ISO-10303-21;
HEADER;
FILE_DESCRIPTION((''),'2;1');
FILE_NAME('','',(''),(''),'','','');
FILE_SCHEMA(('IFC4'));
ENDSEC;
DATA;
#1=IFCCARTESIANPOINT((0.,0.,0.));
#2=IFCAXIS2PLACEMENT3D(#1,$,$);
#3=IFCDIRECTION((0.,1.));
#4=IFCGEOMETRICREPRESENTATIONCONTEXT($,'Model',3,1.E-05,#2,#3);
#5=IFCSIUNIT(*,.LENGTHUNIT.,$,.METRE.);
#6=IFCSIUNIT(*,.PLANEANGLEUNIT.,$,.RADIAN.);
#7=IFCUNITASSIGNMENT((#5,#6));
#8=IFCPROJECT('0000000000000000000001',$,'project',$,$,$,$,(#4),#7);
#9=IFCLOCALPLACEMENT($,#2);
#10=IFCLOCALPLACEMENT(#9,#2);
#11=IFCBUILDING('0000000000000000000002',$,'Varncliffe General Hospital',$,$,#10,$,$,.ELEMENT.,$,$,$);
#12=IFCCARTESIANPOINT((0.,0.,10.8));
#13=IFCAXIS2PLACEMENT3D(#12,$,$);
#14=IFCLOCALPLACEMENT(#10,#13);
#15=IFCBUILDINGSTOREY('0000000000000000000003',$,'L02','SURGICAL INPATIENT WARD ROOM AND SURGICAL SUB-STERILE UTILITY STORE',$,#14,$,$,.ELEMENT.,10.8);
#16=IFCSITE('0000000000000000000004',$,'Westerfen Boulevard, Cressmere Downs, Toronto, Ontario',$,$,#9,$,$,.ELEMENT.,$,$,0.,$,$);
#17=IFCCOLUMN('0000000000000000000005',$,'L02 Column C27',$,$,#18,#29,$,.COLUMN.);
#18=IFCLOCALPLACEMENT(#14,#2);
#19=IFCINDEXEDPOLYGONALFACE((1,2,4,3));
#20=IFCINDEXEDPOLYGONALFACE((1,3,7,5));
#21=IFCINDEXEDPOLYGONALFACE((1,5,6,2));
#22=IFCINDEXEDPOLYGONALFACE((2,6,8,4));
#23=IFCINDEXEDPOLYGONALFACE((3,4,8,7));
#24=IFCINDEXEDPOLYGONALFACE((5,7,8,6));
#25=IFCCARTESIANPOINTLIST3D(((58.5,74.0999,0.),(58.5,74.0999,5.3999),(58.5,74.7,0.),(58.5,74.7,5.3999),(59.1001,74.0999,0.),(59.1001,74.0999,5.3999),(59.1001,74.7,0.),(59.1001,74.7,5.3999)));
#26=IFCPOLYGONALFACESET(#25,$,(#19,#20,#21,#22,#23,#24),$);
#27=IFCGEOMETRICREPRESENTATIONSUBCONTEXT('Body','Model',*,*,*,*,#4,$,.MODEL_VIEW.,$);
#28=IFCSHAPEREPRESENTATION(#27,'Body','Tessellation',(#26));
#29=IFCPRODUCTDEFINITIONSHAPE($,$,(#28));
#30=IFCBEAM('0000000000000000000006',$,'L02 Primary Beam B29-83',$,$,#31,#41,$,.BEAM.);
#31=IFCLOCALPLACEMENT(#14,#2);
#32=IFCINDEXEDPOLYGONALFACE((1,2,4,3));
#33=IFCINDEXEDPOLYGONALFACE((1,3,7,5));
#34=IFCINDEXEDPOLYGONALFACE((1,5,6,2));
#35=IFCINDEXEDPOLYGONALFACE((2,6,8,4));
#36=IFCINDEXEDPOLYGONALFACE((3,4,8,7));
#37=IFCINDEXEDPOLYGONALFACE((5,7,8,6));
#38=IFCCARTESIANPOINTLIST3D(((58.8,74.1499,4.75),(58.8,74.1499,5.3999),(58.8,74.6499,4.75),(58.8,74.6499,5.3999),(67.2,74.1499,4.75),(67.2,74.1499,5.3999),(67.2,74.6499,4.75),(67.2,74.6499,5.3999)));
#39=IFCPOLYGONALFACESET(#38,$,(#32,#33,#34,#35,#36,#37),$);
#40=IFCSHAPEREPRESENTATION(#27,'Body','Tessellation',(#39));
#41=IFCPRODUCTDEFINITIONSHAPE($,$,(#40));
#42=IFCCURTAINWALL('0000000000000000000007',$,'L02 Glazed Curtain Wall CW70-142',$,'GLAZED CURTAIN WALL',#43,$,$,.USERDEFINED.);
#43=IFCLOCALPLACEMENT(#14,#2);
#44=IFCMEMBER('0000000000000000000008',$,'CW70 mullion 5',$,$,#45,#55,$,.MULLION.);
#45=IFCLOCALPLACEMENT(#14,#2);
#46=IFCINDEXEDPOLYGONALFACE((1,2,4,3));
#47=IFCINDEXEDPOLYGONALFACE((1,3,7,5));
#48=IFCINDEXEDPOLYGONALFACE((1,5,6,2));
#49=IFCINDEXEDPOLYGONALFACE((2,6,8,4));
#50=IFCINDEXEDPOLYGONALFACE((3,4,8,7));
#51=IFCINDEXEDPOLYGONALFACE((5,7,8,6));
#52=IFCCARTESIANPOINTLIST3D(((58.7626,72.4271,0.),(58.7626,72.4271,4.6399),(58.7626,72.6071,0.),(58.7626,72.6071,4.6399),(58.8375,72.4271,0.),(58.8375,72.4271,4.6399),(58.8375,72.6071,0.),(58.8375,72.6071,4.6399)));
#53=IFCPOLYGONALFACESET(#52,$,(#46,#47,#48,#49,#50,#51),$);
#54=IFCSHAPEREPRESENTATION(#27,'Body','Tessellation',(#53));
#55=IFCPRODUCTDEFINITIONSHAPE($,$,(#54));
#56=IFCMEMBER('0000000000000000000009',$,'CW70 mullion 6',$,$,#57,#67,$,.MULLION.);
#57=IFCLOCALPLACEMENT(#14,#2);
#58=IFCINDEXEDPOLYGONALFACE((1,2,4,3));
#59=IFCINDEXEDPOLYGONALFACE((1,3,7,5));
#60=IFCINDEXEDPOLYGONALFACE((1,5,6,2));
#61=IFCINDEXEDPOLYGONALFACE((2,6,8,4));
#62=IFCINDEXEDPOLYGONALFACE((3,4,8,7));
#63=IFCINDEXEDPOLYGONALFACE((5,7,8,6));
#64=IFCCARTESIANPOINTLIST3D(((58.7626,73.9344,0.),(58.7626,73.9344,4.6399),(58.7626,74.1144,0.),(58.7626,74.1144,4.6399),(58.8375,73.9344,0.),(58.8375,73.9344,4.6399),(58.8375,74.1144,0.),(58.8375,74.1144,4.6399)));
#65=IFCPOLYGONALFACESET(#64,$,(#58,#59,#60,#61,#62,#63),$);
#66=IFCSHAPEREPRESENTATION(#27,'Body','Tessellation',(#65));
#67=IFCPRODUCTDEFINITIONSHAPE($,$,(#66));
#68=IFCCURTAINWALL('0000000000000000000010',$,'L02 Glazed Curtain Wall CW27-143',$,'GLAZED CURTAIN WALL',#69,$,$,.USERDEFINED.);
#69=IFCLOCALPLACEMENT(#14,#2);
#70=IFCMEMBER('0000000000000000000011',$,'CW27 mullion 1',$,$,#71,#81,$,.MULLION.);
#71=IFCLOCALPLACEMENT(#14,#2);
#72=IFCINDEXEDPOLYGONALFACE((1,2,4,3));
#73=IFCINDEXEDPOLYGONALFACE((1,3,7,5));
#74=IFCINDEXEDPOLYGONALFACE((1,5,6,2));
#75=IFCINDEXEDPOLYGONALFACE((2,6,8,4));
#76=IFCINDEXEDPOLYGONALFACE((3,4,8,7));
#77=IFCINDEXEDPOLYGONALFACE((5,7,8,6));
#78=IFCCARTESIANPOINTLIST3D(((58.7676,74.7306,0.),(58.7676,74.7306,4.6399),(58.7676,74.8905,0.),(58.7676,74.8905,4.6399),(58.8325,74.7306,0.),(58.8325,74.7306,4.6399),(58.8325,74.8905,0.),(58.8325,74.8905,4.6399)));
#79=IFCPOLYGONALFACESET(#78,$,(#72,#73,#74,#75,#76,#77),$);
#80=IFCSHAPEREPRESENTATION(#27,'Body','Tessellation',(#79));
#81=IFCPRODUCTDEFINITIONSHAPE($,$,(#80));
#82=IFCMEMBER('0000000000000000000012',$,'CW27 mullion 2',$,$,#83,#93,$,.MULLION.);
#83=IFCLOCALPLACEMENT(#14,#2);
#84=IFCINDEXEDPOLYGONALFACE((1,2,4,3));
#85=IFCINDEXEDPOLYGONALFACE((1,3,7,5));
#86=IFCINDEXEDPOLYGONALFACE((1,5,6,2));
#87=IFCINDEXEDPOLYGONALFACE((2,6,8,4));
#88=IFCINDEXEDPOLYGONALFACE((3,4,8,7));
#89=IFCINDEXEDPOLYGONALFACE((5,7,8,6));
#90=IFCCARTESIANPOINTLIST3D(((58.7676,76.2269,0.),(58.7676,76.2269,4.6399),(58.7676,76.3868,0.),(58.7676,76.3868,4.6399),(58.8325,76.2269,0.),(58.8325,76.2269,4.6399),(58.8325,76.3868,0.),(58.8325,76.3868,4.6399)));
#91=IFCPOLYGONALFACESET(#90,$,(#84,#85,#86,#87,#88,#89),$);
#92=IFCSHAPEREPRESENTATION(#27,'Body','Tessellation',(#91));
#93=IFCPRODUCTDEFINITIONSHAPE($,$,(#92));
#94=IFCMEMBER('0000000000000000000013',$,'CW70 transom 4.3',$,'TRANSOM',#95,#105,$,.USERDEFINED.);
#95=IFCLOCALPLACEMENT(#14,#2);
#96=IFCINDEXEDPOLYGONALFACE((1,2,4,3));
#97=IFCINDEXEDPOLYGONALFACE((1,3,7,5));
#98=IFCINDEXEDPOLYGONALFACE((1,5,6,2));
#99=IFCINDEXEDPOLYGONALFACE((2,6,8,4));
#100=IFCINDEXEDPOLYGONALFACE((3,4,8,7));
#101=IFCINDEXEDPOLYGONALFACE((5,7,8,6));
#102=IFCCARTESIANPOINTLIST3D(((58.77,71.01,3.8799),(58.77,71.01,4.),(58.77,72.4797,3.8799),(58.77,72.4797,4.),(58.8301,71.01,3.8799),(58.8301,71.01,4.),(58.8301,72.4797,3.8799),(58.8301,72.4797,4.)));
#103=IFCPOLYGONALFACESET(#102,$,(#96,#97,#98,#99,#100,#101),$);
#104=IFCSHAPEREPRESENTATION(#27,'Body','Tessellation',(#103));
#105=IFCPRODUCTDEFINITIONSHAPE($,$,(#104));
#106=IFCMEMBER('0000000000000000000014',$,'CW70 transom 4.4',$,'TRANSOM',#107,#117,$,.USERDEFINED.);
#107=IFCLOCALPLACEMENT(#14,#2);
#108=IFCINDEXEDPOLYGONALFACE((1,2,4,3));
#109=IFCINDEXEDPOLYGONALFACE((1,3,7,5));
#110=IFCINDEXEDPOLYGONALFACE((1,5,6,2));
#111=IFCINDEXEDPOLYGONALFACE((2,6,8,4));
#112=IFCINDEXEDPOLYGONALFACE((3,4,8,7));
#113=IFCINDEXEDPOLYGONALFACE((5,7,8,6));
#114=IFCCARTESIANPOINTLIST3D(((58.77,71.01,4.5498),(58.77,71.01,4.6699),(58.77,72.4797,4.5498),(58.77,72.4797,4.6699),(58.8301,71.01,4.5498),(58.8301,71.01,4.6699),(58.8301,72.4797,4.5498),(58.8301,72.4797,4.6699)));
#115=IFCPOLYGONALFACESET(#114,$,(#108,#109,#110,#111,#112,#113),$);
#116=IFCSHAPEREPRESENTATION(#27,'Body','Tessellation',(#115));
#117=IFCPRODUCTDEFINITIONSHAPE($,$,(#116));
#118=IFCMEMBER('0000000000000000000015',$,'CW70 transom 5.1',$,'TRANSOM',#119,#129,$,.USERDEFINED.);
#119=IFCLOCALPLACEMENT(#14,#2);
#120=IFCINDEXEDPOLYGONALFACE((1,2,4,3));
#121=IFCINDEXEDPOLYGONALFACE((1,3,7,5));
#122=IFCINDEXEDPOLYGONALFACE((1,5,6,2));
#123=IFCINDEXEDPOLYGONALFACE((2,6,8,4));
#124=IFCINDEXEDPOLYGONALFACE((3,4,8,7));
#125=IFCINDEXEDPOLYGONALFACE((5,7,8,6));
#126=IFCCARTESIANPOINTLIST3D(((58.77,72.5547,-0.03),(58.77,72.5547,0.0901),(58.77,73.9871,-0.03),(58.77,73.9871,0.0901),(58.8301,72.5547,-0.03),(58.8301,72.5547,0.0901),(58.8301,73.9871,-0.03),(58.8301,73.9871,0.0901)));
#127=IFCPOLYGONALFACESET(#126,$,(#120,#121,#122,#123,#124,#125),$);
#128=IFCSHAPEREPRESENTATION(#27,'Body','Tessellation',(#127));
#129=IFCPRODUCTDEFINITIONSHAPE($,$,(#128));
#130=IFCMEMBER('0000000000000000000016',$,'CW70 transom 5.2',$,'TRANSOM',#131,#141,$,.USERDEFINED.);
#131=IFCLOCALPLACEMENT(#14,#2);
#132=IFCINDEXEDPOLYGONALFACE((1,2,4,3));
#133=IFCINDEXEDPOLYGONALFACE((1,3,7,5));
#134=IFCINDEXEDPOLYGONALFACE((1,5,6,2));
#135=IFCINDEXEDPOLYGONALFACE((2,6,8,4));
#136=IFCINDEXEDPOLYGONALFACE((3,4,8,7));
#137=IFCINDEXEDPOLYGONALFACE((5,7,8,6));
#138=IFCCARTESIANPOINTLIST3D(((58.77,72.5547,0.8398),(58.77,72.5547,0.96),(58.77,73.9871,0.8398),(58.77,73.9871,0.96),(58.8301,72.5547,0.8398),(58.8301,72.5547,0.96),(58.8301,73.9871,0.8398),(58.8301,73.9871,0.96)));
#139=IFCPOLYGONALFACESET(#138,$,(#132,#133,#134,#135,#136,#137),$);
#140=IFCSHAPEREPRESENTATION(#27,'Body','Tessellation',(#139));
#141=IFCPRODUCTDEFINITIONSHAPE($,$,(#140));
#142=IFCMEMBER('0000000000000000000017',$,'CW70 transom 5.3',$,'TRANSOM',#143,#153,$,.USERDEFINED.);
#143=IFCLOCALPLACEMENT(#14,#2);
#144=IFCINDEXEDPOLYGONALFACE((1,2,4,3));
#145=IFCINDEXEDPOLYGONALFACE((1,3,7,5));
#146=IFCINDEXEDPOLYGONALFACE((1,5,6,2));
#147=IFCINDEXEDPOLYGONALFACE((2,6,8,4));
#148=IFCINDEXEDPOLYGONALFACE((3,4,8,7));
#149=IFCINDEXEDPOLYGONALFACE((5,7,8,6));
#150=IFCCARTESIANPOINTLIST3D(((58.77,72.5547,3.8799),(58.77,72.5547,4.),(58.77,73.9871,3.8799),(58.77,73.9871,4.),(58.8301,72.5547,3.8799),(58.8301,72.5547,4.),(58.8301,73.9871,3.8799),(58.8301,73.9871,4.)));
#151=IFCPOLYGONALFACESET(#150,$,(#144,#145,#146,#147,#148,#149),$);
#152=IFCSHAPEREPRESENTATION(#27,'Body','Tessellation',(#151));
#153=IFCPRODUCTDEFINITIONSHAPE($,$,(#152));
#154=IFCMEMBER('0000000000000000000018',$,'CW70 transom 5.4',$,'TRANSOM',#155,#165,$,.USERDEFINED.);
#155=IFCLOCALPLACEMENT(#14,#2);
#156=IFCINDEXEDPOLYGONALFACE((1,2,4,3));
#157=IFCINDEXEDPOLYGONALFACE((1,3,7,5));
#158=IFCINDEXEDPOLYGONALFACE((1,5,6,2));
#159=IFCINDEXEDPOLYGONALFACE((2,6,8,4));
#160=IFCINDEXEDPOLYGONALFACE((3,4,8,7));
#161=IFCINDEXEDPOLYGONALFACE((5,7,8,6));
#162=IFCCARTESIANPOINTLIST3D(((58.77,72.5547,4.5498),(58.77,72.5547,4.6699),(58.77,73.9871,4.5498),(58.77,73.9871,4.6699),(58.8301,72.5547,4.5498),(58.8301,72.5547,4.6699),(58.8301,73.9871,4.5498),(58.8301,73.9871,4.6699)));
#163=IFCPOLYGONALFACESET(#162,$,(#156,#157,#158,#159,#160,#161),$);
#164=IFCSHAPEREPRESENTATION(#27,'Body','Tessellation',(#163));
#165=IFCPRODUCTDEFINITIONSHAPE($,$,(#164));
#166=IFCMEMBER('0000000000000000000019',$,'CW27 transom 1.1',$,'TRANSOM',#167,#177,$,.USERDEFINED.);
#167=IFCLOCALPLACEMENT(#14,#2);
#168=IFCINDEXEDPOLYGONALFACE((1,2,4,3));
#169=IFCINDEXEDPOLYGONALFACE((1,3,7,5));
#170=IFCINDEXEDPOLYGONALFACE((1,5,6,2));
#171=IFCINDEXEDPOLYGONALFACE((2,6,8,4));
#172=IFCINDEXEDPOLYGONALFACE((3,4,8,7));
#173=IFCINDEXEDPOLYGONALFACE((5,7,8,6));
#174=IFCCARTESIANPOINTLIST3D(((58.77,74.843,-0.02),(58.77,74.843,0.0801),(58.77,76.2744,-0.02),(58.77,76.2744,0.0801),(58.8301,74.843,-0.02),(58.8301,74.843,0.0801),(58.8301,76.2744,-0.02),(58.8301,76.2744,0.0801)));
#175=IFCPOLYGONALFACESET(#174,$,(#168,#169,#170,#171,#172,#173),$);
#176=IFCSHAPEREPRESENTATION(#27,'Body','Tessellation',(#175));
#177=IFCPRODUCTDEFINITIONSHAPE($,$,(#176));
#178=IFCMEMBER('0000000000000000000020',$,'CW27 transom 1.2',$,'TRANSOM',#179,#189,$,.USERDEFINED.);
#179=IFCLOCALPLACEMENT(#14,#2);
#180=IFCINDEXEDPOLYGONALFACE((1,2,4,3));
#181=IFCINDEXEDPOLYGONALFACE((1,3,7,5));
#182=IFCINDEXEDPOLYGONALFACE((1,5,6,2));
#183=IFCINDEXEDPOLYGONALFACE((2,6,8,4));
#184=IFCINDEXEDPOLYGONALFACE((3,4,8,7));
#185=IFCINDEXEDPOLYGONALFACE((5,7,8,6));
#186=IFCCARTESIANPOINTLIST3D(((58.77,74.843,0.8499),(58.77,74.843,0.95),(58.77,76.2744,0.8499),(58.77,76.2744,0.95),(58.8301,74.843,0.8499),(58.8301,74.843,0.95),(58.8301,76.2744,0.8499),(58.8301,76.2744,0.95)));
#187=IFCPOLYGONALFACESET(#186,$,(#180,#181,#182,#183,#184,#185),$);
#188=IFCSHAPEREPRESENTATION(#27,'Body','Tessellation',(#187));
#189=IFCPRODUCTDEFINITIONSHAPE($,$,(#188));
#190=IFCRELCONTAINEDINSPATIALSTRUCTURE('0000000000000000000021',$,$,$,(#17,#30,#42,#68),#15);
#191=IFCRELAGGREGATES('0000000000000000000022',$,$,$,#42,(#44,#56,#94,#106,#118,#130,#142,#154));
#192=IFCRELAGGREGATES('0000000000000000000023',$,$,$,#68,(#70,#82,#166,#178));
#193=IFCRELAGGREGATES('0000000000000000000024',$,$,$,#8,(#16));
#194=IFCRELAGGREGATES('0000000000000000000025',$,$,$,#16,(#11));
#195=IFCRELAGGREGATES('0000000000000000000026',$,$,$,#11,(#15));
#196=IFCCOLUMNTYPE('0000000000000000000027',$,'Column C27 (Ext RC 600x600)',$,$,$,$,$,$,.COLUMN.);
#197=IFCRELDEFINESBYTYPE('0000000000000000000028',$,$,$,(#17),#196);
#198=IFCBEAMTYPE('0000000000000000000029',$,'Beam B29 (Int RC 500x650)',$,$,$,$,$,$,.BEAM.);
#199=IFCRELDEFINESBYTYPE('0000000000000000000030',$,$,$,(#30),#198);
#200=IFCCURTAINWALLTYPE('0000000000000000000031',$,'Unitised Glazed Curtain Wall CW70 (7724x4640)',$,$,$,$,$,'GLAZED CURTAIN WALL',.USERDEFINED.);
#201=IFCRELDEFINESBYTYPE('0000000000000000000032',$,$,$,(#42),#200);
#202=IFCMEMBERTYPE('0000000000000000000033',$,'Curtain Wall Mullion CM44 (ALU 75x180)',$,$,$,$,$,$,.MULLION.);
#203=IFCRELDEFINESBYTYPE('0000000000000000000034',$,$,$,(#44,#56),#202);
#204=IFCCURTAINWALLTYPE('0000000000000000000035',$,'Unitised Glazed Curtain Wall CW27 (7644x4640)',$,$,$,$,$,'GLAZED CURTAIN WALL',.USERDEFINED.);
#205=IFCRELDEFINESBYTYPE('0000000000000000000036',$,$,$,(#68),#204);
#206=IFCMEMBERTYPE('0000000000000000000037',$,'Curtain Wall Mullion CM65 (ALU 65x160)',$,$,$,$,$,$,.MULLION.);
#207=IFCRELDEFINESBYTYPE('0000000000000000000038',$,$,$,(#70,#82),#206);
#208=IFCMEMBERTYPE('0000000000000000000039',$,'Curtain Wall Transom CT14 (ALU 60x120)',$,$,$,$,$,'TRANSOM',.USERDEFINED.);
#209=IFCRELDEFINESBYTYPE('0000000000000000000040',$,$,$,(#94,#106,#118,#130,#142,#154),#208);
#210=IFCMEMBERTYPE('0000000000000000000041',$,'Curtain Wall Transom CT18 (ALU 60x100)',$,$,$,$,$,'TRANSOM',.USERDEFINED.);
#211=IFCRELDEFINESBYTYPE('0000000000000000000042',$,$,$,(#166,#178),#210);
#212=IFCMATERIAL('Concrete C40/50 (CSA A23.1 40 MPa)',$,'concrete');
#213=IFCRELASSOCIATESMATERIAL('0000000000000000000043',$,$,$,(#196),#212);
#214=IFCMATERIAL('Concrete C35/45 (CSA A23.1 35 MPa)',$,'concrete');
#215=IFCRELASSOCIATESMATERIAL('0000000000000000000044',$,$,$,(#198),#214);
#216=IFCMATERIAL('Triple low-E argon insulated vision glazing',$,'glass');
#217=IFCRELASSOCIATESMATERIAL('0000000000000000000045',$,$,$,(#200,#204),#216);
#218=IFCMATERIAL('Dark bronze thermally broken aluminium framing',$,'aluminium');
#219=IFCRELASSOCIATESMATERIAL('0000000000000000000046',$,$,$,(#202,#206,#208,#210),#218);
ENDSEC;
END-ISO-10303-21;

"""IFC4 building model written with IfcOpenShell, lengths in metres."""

from ifc_helpers import new_model, si_unit, direction, frame, origin, origin_2d, place, context, subcontext, project, spatial, rectangle, extrude, material, material_profile, profile_set, type_object, element, aggregate, save


model = new_model("IFC4")

# Units and contexts
model_context = context("Model", 3, precision=1e-05, world=origin(), true_north=direction((0.0, 1.0)))
body_context = subcontext(model_context, "Body", "Model", "MODEL_VIEW")
ifc_project = project(units=[si_unit("LENGTHUNIT", "METRE"), si_unit("PLANEANGLEUNIT", "RADIAN")], contexts=[model_context])

# Site, building, storey
site_placement = place(None, origin())
site = spatial("IfcSite", under=ifc_project, at=site_placement, Name="Westerfen Boulevard, Cressmere Downs, Toronto, Ontario", CompositionType="ELEMENT", RefElevation=0.0)
building_placement = place(site_placement, origin())
building = spatial("IfcBuilding", under=site, at=building_placement, Name="Varncliffe General Hospital", CompositionType="ELEMENT")
storey_placement = place(building_placement, frame((0.0, 0.0, 10.8)))
storey = spatial("IfcBuildingStorey", under=building, at=storey_placement, Name="L02", Description="SURGICAL INPATIENT WARD ROOM AND SURGICAL SUB-STERILE UTILITY STORE", CompositionType="ELEMENT", Elevation=10.8)

# Column
ifc_material_1 = material(Name="Concrete C40/50 (CSA A23.1 40 MPa)", Category="concrete")
ifc_material_profile_1 = material_profile(ifc_material_1, rectangle(XDim=0.6001, YDim=0.6001, at=origin_2d()), Name="RC 600x600")
ifc_profile_set_1 = profile_set([ifc_material_profile_1], Name="Concrete C40/50 (CSA A23.1 40 MPa)")
column_type = type_object("IfcColumnType", Name="Column C27 (Ext RC 600x600)", PredefinedType="COLUMN", material=ifc_profile_set_1)
column_placement = place(storey_placement, frame((58.8, 74.3999, 0.0), z_axis=(0.0, 0.0, 1.0), x_axis=(1.0, 0.0, 0.0)))
element("IfcColumn", 1, at=column_placement, inside=storey, type_object=column_type, Name="L02 Column C27", PredefinedType="COLUMN", context=body_context, shape_type="SweptSolid", body=[
    extrude(rectangle(XDim=0.6001, YDim=0.6001, at=origin_2d()), origin(), (0.0, 0.0, 1.0), 5.3999),
])

# Beam
ifc_material_2 = material(Name="Concrete C35/45 (CSA A23.1 35 MPa)", Category="concrete")
ifc_material_profile_2 = material_profile(ifc_material_2, rectangle(XDim=0.5, YDim=0.6499, at=origin_2d()), Name="RC 500x650")
ifc_profile_set_2 = profile_set([ifc_material_profile_2], Name="Concrete C35/45 (CSA A23.1 35 MPa)")
beam_type_1 = type_object("IfcBeamType", Name="Beam B29 (Int RC 500x650)", PredefinedType="BEAM", material=ifc_profile_set_2)
beam_1_placement = place(storey_placement, frame((58.8, 74.3999, 5.075), z_axis=(1.0, 0.0, 0.0), x_axis=(0.0, 1.0, 0.0)))
element("IfcBeam", 2, at=beam_1_placement, inside=storey, type_object=beam_type_1, Name="L02 Primary Beam B29-83", PredefinedType="BEAM", context=body_context, shape_type="SweptSolid", body=[
    extrude(rectangle(XDim=0.5, YDim=0.6499, at=origin_2d()), origin(), (0.0, 0.0, 1.0), 8.3999),
])

# Curtain walls, members
ifc_material_3 = material(Name="Triple low-E argon insulated vision glazing", Category="glass")
curtain_wall_type_1 = type_object("IfcCurtainWallType", Name="Unitised Glazed Curtain Wall CW70 (7724x4640)", ElementType="GLAZED CURTAIN WALL", PredefinedType="USERDEFINED", material=ifc_material_3)
curtain_wall_1_placement = place(storey_placement, origin())
curtain_wall_1 = element("IfcCurtainWall", 3, at=curtain_wall_1_placement, inside=storey, type_object=curtain_wall_type_1, Name="L02 Glazed Curtain Wall CW70-142", ObjectType="GLAZED CURTAIN WALL", PredefinedType="USERDEFINED")
ifc_material_4 = material(Name="Dark bronze thermally broken aluminium framing", Category="aluminium")
ifc_material_profile_3 = material_profile(ifc_material_4, rectangle(XDim=0.075, YDim=0.1799, at=origin_2d()), Name="ALU 75x180")
ifc_profile_set_3 = profile_set([ifc_material_profile_3], Name="Dark bronze thermally broken aluminium framing")
member_type_1 = type_object("IfcMemberType", Name="Curtain Wall Mullion CM44 (ALU 75x180)", PredefinedType="MULLION", material=ifc_profile_set_3)
member_1_placement = place(storey_placement, frame((58.8, 72.5171, 0.0), z_axis=(0.0, 0.0, 1.0), x_axis=(-1.0, 0.0, 0.0)))
member_1 = element("IfcMember", 4, at=member_1_placement, type_object=member_type_1, Name="CW70 mullion 5", PredefinedType="MULLION", context=body_context, shape_type="SweptSolid", body=[
    extrude(rectangle(XDim=0.075, YDim=0.1799, at=origin_2d()), origin(), (0.0, 0.0, 1.0), 4.6399),
])
member_2_placement = place(storey_placement, frame((58.8, 74.0244, 0.0), z_axis=(0.0, 0.0, 1.0), x_axis=(-1.0, 0.0, 0.0)))
member_2 = element("IfcMember", 5, at=member_2_placement, type_object=member_type_1, Name="CW70 mullion 6", PredefinedType="MULLION", context=body_context, shape_type="SweptSolid", body=[
    extrude(rectangle(XDim=0.075, YDim=0.1799, at=origin_2d()), origin(), (0.0, 0.0, 1.0), 4.6399),
])
curtain_wall_type_2 = type_object("IfcCurtainWallType", Name="Unitised Glazed Curtain Wall CW27 (7644x4640)", ElementType="GLAZED CURTAIN WALL", PredefinedType="USERDEFINED", material=ifc_material_3)
curtain_wall_2_placement = place(storey_placement, origin())
curtain_wall_2 = element("IfcCurtainWall", 6, at=curtain_wall_2_placement, inside=storey, type_object=curtain_wall_type_2, Name="L02 Glazed Curtain Wall CW27-143", ObjectType="GLAZED CURTAIN WALL", PredefinedType="USERDEFINED")
ifc_material_profile_4 = material_profile(ifc_material_4, rectangle(XDim=0.0649, YDim=0.1599, at=origin_2d()), Name="ALU 65x160")
ifc_profile_set_4 = profile_set([ifc_material_profile_4], Name="Dark bronze thermally broken aluminium framing")
member_type_2 = type_object("IfcMemberType", Name="Curtain Wall Mullion CM65 (ALU 65x160)", PredefinedType="MULLION", material=ifc_profile_set_4)
member_3_placement = place(storey_placement, frame((58.8, 74.8105, 0.0), z_axis=(0.0, 0.0, 1.0), x_axis=(-1.0, 0.0, 0.0)))
member_3 = element("IfcMember", 7, at=member_3_placement, type_object=member_type_2, Name="CW27 mullion 1", PredefinedType="MULLION", context=body_context, shape_type="SweptSolid", body=[
    extrude(rectangle(XDim=0.0649, YDim=0.1599, at=origin_2d()), origin(), (0.0, 0.0, 1.0), 4.6399),
])
member_4_placement = place(storey_placement, frame((58.8, 76.3069, 0.0), z_axis=(0.0, 0.0, 1.0), x_axis=(-1.0, 0.0, 0.0)))
member_4 = element("IfcMember", 8, at=member_4_placement, type_object=member_type_2, Name="CW27 mullion 2", PredefinedType="MULLION", context=body_context, shape_type="SweptSolid", body=[
    extrude(rectangle(XDim=0.0649, YDim=0.1599, at=origin_2d()), origin(), (0.0, 0.0, 1.0), 4.6399),
])

# Members
ifc_material_profile_5 = material_profile(ifc_material_4, rectangle(XDim=0.0601, YDim=0.1201, at=origin_2d()), Name="ALU 60x120")
ifc_profile_set_5 = profile_set([ifc_material_profile_5], Name="Dark bronze thermally broken aluminium framing")
member_type_3 = type_object("IfcMemberType", Name="Curtain Wall Transom CT14 (ALU 60x120)", ElementType="TRANSOM", PredefinedType="USERDEFINED", material=ifc_profile_set_5)
member_5_placement = place(storey_placement, frame((58.8, 71.01, 3.9399), z_axis=(0.0, 1.0, 0.0), x_axis=(-1.0, 0.0, 0.0)))
member_5 = element("IfcMember", 9, at=member_5_placement, type_object=member_type_3, Name="CW70 transom 4.3", ObjectType="TRANSOM", PredefinedType="USERDEFINED", context=body_context, shape_type="SweptSolid", body=[
    extrude(rectangle(XDim=0.0601, YDim=0.1201, at=origin_2d()), origin(), (0.0, 0.0, 1.0), 1.4697),
])
member_6_placement = place(storey_placement, frame((58.8, 71.01, 4.6099), z_axis=(0.0, 1.0, 0.0), x_axis=(-1.0, 0.0, 0.0)))
member_6 = element("IfcMember", 10, at=member_6_placement, type_object=member_type_3, Name="CW70 transom 4.4", ObjectType="TRANSOM", PredefinedType="USERDEFINED", context=body_context, shape_type="SweptSolid", body=[
    extrude(rectangle(XDim=0.0601, YDim=0.1201, at=origin_2d()), origin(), (0.0, 0.0, 1.0), 1.4697),
])
member_7_placement = place(storey_placement, frame((58.8, 72.5547, 0.03), z_axis=(0.0, 1.0, 0.0), x_axis=(-1.0, 0.0, 0.0)))
member_7 = element("IfcMember", 11, at=member_7_placement, type_object=member_type_3, Name="CW70 transom 5.1", ObjectType="TRANSOM", PredefinedType="USERDEFINED", context=body_context, shape_type="SweptSolid", body=[
    extrude(rectangle(XDim=0.0601, YDim=0.1201, at=origin_2d()), origin(), (0.0, 0.0, 1.0), 1.4324),
])
member_8_placement = place(storey_placement, frame((58.8, 72.5547, 0.8999), z_axis=(0.0, 1.0, 0.0), x_axis=(-1.0, 0.0, 0.0)))
member_8 = element("IfcMember", 12, at=member_8_placement, type_object=member_type_3, Name="CW70 transom 5.2", ObjectType="TRANSOM", PredefinedType="USERDEFINED", context=body_context, shape_type="SweptSolid", body=[
    extrude(rectangle(XDim=0.0601, YDim=0.1201, at=origin_2d()), origin(), (0.0, 0.0, 1.0), 1.4324),
])
member_9_placement = place(storey_placement, frame((58.8, 72.5547, 3.9399), z_axis=(0.0, 1.0, 0.0), x_axis=(-1.0, 0.0, 0.0)))
member_9 = element("IfcMember", 13, at=member_9_placement, type_object=member_type_3, Name="CW70 transom 5.3", ObjectType="TRANSOM", PredefinedType="USERDEFINED", context=body_context, shape_type="SweptSolid", body=[
    extrude(rectangle(XDim=0.0601, YDim=0.1201, at=origin_2d()), origin(), (0.0, 0.0, 1.0), 1.4324),
])
member_10_placement = place(storey_placement, frame((58.8, 72.5547, 4.6099), z_axis=(0.0, 1.0, 0.0), x_axis=(-1.0, 0.0, 0.0)))
member_10 = element("IfcMember", 14, at=member_10_placement, type_object=member_type_3, Name="CW70 transom 5.4", ObjectType="TRANSOM", PredefinedType="USERDEFINED", context=body_context, shape_type="SweptSolid", body=[
    extrude(rectangle(XDim=0.0601, YDim=0.1201, at=origin_2d()), origin(), (0.0, 0.0, 1.0), 1.4324),
])
ifc_material_profile_6 = material_profile(ifc_material_4, rectangle(XDim=0.0601, YDim=0.1001, at=origin_2d()), Name="ALU 60x100")
ifc_profile_set_6 = profile_set([ifc_material_profile_6], Name="Dark bronze thermally broken aluminium framing")
member_type_4 = type_object("IfcMemberType", Name="Curtain Wall Transom CT18 (ALU 60x100)", ElementType="TRANSOM", PredefinedType="USERDEFINED", material=ifc_profile_set_6)
member_11_placement = place(storey_placement, frame((58.8, 74.843, 0.03), z_axis=(0.0, 1.0, 0.0), x_axis=(-1.0, 0.0, 0.0)))
member_11 = element("IfcMember", 15, at=member_11_placement, type_object=member_type_4, Name="CW27 transom 1.1", ObjectType="TRANSOM", PredefinedType="USERDEFINED", context=body_context, shape_type="SweptSolid", body=[
    extrude(rectangle(XDim=0.0601, YDim=0.1001, at=origin_2d()), origin(), (0.0, 0.0, 1.0), 1.4314),
])
member_12_placement = place(storey_placement, frame((58.8, 74.843, 0.8999), z_axis=(0.0, 1.0, 0.0), x_axis=(-1.0, 0.0, 0.0)))
member_12 = element("IfcMember", 16, at=member_12_placement, type_object=member_type_4, Name="CW27 transom 1.2", ObjectType="TRANSOM", PredefinedType="USERDEFINED", context=body_context, shape_type="SweptSolid", body=[
    extrude(rectangle(XDim=0.0601, YDim=0.1001, at=origin_2d()), origin(), (0.0, 0.0, 1.0), 1.4314),
])

aggregate(curtain_wall_1, [member_1, member_2, member_5, member_6, member_7, member_8, member_9, member_10])
aggregate(curtain_wall_2, [member_3, member_4, member_11, member_12])

save(model, "model.ifc")
